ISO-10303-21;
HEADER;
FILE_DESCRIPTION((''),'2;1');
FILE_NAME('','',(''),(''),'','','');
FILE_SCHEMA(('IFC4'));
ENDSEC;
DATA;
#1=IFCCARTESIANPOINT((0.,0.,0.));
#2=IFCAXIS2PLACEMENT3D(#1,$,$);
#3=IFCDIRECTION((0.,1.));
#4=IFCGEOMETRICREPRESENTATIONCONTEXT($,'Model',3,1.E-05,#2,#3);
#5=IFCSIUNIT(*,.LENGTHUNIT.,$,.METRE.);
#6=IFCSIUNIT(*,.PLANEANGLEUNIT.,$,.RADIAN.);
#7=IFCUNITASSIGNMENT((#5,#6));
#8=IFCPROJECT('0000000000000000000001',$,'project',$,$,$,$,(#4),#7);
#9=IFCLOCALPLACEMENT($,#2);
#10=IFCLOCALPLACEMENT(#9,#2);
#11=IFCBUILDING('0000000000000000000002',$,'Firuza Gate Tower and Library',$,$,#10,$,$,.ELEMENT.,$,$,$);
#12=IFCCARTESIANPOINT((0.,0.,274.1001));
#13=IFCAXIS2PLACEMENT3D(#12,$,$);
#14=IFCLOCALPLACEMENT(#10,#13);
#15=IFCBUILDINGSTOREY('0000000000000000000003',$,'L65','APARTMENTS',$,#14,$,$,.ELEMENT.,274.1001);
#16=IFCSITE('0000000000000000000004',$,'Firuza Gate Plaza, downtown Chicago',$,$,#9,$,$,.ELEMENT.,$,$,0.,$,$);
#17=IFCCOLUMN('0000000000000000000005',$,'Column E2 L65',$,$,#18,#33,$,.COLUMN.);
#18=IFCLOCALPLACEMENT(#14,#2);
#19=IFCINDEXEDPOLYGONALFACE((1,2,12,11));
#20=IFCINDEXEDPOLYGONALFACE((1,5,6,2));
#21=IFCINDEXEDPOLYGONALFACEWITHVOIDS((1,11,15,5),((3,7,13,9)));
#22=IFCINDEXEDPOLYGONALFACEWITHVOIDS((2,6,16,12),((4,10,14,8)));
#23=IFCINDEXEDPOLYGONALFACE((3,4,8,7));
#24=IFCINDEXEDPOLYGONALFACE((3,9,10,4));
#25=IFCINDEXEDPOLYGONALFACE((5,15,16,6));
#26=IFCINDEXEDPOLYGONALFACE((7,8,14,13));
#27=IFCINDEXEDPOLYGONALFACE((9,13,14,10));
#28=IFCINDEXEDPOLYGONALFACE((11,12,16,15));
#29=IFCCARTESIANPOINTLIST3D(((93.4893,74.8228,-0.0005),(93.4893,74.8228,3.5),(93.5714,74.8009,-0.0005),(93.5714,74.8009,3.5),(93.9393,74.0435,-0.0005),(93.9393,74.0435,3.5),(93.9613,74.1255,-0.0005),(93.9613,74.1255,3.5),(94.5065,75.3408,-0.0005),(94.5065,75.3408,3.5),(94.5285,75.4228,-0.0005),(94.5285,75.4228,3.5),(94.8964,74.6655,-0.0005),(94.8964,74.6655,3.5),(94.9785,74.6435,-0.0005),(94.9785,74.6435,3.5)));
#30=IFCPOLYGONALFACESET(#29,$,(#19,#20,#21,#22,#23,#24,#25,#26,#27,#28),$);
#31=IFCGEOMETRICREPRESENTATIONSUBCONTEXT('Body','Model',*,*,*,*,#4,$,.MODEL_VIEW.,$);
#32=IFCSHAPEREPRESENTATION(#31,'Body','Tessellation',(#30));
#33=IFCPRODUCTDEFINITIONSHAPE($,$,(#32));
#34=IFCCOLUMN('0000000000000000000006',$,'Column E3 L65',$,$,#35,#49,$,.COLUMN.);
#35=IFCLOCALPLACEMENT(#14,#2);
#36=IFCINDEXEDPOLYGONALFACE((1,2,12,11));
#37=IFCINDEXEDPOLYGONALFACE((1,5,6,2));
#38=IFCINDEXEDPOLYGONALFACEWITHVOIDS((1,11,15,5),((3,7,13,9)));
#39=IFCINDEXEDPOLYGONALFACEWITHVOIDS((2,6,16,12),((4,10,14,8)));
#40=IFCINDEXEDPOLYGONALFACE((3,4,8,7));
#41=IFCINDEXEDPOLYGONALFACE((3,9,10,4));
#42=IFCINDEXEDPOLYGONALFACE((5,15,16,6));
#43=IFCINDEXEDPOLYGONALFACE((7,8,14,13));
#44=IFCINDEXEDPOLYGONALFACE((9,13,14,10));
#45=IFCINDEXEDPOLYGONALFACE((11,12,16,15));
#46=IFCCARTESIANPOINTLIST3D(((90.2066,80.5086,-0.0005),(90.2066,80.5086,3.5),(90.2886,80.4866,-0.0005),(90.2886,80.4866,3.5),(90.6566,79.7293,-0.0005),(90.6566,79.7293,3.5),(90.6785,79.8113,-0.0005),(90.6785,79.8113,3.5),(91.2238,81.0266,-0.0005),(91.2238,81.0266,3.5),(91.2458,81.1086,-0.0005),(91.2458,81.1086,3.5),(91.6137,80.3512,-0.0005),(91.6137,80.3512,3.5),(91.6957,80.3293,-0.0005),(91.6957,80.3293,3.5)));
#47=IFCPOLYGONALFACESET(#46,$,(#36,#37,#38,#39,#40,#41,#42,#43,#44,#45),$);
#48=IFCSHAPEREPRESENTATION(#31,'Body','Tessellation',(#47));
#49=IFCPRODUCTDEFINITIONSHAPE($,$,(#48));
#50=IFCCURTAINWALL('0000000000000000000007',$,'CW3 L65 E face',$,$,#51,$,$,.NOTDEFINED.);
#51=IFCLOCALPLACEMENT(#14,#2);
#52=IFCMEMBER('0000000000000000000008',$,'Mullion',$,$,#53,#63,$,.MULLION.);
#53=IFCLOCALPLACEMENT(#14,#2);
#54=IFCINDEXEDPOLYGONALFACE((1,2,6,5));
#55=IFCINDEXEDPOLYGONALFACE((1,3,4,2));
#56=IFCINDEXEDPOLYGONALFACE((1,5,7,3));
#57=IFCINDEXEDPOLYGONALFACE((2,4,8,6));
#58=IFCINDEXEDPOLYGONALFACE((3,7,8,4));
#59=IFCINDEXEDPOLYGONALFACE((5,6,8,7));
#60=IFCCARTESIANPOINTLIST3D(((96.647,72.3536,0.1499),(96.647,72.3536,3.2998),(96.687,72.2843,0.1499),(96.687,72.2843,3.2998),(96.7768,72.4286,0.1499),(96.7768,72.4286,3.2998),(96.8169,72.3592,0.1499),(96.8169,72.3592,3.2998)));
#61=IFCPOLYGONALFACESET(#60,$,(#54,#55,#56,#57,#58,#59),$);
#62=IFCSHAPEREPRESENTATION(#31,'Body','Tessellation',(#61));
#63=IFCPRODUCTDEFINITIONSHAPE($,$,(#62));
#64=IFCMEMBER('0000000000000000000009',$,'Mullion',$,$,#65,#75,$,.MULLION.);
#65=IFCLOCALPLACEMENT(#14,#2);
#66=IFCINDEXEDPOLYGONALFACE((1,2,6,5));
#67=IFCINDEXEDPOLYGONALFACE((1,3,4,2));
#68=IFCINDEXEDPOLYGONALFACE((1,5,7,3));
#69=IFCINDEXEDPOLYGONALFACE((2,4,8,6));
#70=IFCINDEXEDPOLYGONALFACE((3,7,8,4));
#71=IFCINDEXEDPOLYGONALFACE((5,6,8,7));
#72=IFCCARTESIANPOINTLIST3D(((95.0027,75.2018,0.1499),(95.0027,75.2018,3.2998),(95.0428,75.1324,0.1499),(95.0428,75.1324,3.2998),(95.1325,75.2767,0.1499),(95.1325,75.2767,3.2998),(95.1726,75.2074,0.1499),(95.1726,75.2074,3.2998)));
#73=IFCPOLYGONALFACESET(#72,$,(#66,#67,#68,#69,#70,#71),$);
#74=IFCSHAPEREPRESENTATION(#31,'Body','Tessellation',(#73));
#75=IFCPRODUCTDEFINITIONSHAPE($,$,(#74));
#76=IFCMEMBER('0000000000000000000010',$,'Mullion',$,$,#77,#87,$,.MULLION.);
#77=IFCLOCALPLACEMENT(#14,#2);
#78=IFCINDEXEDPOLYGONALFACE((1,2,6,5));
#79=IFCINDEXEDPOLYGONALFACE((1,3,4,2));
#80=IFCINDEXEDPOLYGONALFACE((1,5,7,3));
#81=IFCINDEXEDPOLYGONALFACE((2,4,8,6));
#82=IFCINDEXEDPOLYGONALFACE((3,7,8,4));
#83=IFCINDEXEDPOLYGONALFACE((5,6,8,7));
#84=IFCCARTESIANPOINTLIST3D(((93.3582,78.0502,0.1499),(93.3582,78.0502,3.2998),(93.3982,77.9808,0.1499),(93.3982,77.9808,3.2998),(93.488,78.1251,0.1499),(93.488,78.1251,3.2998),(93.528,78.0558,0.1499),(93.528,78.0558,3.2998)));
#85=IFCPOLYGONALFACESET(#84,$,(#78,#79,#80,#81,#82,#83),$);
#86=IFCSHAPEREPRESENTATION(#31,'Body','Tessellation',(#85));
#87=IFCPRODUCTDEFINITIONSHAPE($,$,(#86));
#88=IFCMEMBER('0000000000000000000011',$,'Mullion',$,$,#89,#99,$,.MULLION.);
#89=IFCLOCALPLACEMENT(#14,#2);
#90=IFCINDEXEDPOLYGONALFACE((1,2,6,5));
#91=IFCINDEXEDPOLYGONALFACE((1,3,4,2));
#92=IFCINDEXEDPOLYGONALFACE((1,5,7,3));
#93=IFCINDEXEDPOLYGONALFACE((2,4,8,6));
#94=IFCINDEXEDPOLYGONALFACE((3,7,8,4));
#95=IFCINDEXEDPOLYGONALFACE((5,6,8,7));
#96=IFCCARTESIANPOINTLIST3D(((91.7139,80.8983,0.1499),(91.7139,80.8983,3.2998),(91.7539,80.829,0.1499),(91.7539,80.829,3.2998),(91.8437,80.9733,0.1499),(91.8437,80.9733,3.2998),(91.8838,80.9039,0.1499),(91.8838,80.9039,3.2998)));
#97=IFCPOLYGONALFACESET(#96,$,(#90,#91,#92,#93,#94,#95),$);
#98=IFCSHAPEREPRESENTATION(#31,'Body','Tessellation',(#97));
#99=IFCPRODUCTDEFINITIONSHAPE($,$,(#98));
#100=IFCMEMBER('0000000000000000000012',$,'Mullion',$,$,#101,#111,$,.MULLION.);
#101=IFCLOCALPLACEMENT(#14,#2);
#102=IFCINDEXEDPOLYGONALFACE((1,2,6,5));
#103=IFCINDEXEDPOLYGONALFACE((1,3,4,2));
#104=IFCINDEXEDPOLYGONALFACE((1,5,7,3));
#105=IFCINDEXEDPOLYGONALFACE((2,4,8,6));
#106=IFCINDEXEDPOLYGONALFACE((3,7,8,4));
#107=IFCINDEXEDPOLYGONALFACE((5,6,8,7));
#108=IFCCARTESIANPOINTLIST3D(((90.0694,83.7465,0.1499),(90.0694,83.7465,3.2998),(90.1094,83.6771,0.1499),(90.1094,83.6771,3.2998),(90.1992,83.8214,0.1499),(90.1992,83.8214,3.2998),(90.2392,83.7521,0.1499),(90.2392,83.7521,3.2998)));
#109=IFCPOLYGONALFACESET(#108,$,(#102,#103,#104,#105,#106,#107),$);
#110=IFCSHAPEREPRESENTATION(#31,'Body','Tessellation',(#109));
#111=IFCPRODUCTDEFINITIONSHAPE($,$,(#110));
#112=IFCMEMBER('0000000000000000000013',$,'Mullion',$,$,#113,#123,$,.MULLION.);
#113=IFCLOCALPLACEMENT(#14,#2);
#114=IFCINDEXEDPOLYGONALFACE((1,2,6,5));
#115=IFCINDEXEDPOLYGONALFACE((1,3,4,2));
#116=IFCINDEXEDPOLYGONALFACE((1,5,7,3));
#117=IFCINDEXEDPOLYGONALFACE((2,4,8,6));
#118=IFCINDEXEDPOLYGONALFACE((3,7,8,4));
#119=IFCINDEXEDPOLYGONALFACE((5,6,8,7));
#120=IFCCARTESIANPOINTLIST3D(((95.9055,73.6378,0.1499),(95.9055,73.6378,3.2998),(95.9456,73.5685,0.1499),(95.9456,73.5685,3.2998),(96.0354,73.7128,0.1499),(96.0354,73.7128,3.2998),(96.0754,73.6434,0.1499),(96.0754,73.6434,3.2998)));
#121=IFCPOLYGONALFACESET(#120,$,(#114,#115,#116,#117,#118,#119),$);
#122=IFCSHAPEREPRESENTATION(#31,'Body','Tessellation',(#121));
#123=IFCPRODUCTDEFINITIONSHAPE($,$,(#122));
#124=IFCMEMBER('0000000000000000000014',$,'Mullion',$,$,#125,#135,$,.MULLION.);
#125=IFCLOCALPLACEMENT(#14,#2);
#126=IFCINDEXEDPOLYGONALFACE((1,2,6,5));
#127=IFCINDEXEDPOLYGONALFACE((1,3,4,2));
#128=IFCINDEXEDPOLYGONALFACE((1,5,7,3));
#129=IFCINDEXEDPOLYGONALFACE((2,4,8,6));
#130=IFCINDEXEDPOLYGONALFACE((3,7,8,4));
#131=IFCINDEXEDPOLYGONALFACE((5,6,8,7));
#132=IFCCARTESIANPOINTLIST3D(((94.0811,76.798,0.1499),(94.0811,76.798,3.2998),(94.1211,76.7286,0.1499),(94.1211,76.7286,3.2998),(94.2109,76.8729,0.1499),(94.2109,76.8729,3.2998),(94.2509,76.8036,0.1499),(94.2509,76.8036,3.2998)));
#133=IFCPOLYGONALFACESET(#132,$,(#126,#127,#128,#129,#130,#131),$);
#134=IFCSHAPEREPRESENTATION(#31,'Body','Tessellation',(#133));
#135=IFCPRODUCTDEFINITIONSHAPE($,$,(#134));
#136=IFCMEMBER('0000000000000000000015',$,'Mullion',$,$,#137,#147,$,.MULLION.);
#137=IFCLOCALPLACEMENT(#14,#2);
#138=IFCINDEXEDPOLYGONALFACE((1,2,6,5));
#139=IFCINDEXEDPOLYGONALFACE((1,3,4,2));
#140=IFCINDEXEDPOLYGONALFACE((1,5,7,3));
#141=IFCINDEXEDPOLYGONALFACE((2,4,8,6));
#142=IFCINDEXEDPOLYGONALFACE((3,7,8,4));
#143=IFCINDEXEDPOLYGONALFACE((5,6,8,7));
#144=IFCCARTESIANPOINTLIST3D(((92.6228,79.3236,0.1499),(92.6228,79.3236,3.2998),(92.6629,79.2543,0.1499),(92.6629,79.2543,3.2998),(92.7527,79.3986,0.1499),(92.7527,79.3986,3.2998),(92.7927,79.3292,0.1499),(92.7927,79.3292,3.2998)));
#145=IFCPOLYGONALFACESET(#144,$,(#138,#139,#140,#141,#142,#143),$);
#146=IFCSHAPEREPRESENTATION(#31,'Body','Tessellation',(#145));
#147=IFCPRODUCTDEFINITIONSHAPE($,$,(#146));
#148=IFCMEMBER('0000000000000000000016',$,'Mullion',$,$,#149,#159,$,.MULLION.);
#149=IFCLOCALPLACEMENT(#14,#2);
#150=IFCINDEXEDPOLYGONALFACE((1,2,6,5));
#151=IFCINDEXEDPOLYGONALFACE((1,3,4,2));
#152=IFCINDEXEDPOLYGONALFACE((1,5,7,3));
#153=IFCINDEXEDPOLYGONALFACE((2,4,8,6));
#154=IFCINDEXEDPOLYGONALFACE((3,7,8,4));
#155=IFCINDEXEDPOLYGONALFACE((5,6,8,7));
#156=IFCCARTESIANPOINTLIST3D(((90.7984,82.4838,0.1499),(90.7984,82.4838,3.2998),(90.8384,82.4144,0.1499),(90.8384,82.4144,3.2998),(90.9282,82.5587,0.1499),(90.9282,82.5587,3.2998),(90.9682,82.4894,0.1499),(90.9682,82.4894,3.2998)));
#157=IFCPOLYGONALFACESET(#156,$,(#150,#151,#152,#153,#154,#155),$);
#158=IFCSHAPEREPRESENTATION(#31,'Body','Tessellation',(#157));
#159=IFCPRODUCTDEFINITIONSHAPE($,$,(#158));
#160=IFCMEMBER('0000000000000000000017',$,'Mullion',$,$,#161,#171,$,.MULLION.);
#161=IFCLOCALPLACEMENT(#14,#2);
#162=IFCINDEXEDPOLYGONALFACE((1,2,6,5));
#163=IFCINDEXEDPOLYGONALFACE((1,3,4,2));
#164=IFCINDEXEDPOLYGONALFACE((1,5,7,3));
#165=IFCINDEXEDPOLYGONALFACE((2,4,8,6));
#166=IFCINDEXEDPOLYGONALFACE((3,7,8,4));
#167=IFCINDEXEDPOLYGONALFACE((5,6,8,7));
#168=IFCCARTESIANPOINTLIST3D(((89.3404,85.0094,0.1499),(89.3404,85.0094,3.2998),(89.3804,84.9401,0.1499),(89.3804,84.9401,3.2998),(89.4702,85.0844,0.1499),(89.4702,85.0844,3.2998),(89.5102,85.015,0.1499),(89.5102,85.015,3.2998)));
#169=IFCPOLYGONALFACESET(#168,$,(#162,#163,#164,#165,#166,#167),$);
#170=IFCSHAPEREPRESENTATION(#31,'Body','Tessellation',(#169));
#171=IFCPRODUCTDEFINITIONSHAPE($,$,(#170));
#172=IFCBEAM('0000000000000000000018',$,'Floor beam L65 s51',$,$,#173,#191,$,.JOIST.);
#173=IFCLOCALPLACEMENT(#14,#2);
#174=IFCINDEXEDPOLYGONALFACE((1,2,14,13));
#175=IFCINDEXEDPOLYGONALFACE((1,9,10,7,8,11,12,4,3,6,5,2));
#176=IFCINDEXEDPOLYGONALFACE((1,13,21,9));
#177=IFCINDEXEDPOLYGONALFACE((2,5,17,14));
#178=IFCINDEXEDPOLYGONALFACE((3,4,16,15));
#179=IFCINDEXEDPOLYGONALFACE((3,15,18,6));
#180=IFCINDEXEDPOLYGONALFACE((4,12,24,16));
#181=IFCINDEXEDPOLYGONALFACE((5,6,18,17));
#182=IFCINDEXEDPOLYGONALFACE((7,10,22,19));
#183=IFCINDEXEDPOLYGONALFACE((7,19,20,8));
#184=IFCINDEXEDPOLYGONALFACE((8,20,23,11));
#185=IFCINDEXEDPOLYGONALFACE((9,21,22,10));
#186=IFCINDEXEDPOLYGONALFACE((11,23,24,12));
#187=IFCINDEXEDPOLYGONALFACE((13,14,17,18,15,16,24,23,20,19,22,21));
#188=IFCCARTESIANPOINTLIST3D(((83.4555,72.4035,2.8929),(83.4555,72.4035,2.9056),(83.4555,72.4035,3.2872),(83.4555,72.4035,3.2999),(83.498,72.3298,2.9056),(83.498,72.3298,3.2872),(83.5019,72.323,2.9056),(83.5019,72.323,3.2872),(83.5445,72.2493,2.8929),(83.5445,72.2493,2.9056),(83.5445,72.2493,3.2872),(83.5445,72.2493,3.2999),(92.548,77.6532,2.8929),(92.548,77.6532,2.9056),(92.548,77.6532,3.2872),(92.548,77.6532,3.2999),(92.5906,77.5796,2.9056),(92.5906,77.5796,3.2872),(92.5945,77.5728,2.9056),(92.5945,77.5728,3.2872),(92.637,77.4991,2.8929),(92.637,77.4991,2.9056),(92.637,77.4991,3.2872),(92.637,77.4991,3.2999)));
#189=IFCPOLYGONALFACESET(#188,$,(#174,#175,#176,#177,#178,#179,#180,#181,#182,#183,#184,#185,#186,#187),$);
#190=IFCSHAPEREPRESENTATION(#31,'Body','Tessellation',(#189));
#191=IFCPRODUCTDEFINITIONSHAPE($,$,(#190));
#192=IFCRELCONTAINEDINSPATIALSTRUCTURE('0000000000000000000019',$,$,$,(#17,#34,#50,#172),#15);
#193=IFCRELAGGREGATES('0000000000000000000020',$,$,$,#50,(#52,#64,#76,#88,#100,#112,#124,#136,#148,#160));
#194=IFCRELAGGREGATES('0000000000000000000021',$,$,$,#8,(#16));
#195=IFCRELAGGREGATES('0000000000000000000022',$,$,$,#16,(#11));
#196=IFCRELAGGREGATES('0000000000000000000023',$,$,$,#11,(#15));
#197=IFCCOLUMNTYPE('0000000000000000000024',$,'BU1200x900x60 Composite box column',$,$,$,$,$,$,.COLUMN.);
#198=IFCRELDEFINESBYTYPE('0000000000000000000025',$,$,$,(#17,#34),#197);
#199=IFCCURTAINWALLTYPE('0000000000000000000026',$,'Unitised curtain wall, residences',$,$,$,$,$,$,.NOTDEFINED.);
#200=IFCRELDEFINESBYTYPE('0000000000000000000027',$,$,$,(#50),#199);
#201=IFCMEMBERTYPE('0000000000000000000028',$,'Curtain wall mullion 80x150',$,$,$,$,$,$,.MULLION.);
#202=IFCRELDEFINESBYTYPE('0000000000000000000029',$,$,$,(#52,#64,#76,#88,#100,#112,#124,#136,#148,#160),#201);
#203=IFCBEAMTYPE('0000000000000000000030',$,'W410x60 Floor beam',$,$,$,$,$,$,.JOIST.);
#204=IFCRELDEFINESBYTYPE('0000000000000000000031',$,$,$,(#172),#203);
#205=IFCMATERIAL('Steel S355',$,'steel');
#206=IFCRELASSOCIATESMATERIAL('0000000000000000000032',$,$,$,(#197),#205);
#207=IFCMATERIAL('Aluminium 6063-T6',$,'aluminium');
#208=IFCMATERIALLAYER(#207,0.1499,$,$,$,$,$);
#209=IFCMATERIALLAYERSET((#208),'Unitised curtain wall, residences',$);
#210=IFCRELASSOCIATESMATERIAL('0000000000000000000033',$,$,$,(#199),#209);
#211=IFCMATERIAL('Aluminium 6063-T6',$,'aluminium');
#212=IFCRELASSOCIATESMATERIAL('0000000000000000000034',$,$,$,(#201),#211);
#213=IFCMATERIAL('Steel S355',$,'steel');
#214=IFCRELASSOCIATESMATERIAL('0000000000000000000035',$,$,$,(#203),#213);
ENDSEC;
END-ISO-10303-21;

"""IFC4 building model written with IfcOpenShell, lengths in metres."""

from ifc_helpers import new_model, si_unit, direction, frame, origin, origin_2d, place, context, subcontext, project, spatial, rectangle, hollow_rectangle, i_section, extrude, material, layer, layer_set, material_profile, profile_set, type_object, element, aggregate, save


model = new_model("IFC4")

# Units and contexts
model_context = context("Model", 3, precision=1e-05, world=origin(), true_north=direction((0.0, 1.0)))
body_context = subcontext(model_context, "Body", "Model", "MODEL_VIEW")
ifc_project = project(units=[si_unit("LENGTHUNIT", "METRE"), si_unit("PLANEANGLEUNIT", "RADIAN")], contexts=[model_context])

# Site, building, storey
site_placement = place(None, origin())
site = spatial("IfcSite", under=ifc_project, at=site_placement, Name="Firuza Gate Plaza, downtown Chicago", CompositionType="ELEMENT", RefElevation=0.0)
building_placement = place(site_placement, origin())
building = spatial("IfcBuilding", under=site, at=building_placement, Name="Firuza Gate Tower and Library", CompositionType="ELEMENT")
storey_placement = place(building_placement, frame((0.0, 0.0, 274.1001)))
storey = spatial("IfcBuildingStorey", under=building, at=storey_placement, Name="L65", Description="APARTMENTS", CompositionType="ELEMENT", Elevation=274.1001)

# Columns
ifc_material_1 = material(Name="Steel S355", Category="steel")
ifc_material_profile_1 = material_profile(ifc_material_1, hollow_rectangle(XDim=0.8999, YDim=1.2, WallThickness=0.0601, at=origin_2d()))
ifc_profile_set_1 = profile_set([ifc_material_profile_1], Name="Steel S355")
column_type = type_object("IfcColumnType", Name="BU1200x900x60 Composite box column", PredefinedType="COLUMN", material=ifc_profile_set_1)
for number, where, z_axis, x_axis, name in (
    (1, (94.2339, 74.7332, -0.0005), (0.0, 0.0, 1.0), (-0.5, 0.866025, 0.0), "Column E2 L65"),
    (2, (90.9512, 80.4189, -0.0005), (0.0, 0.0, 1.0), (-0.5, 0.866025, 0.0), "Column E3 L65"),
):
    element("IfcColumn", number, at=place(storey_placement, frame(where, z_axis=z_axis, x_axis=x_axis)), inside=storey, type_object=column_type, Name=name, PredefinedType="COLUMN", context=body_context, shape_type="SweptSolid", body=[
        extrude(hollow_rectangle(XDim=0.8999, YDim=1.2, WallThickness=0.0601, at=origin_2d()), origin(), (0.0, 0.0, 1.0), 3.5005),
    ])

# Curtain wall, members
ifc_material_2 = material(Name="Aluminium 6063-T6", Category="aluminium")
ifc_layer_1 = layer(ifc_material_2, 0.1499)
ifc_layer_set_1 = layer_set([ifc_layer_1], Name="Unitised curtain wall, residences")
curtain_wall_type = type_object("IfcCurtainWallType", Name="Unitised curtain wall, residences", PredefinedType="NOTDEFINED", material=ifc_layer_set_1)
curtain_wall_placement = place(storey_placement, origin())
curtain_wall = element("IfcCurtainWall", 3, at=curtain_wall_placement, inside=storey, type_object=curtain_wall_type, Name="CW3 L65 E face", PredefinedType="NOTDEFINED")
ifc_material_3 = material(Name="Aluminium 6063-T6", Category="aluminium")
ifc_material_profile_2 = material_profile(ifc_material_3, rectangle(XDim=0.1499, YDim=0.0801, at=origin_2d()))
ifc_profile_set_2 = profile_set([ifc_material_profile_2], Name="Aluminium 6063-T6")
member_type = type_object("IfcMemberType", Name="Curtain wall mullion 80x150", PredefinedType="MULLION", material=ifc_profile_set_2)
member_1_placement = place(storey_placement, frame((96.7319, 72.3564, 0.1499), z_axis=(0.0, 0.0, 1.0), x_axis=(-0.866025, -0.5, 0.0)))
member_1 = element("IfcMember", 4, at=member_1_placement, type_object=member_type, Name="Mullion", PredefinedType="MULLION", context=body_context, shape_type="SweptSolid", body=[
    extrude(rectangle(XDim=0.1499, YDim=0.0801, at=origin_2d()), origin(), (0.0, 0.0, 1.0), 3.1499),
])
member_2_placement = place(storey_placement, frame((95.0876, 75.2046, 0.1499), z_axis=(0.0, 0.0, 1.0), x_axis=(-0.866025, -0.5, 0.0)))
member_2 = element("IfcMember", 5, at=member_2_placement, type_object=member_type, Name="Mullion", PredefinedType="MULLION", context=body_context, shape_type="SweptSolid", body=[
    extrude(rectangle(XDim=0.1499, YDim=0.0801, at=origin_2d()), origin(), (0.0, 0.0, 1.0), 3.1499),
])
member_3_placement = place(storey_placement, frame((93.4431, 78.053, 0.1499), z_axis=(0.0, 0.0, 1.0), x_axis=(-0.866025, -0.5, 0.0)))
member_3 = element("IfcMember", 6, at=member_3_placement, type_object=member_type, Name="Mullion", PredefinedType="MULLION", context=body_context, shape_type="SweptSolid", body=[
    extrude(rectangle(XDim=0.1499, YDim=0.0801, at=origin_2d()), origin(), (0.0, 0.0, 1.0), 3.1499),
])
member_4_placement = place(storey_placement, frame((91.7988, 80.9011, 0.1499), z_axis=(0.0, 0.0, 1.0), x_axis=(-0.866025, -0.5, 0.0)))
member_4 = element("IfcMember", 7, at=member_4_placement, type_object=member_type, Name="Mullion", PredefinedType="MULLION", context=body_context, shape_type="SweptSolid", body=[
    extrude(rectangle(XDim=0.1499, YDim=0.0801, at=origin_2d()), origin(), (0.0, 0.0, 1.0), 3.1499),
])
member_5_placement = place(storey_placement, frame((90.1543, 83.7493, 0.1499), z_axis=(0.0, 0.0, 1.0), x_axis=(-0.866025, -0.5, 0.0)))
member_5 = element("IfcMember", 8, at=member_5_placement, type_object=member_type, Name="Mullion", PredefinedType="MULLION", context=body_context, shape_type="SweptSolid", body=[
    extrude(rectangle(XDim=0.1499, YDim=0.0801, at=origin_2d()), origin(), (0.0, 0.0, 1.0), 3.1499),
])
member_6_placement = place(storey_placement, frame((95.9905, 73.6406, 0.1499), z_axis=(0.0, 0.0, 1.0), x_axis=(-0.866025, -0.5, 0.0)))
member_6 = element("IfcMember", 9, at=member_6_placement, type_object=member_type, Name="Mullion", PredefinedType="MULLION", context=body_context, shape_type="SweptSolid", body=[
    extrude(rectangle(XDim=0.1499, YDim=0.0801, at=origin_2d()), origin(), (0.0, 0.0, 1.0), 3.1499),
])
member_7_placement = place(storey_placement, frame((94.166, 76.8008, 0.1499), z_axis=(0.0, 0.0, 1.0), x_axis=(-0.866025, -0.5, 0.0)))
member_7 = element("IfcMember", 10, at=member_7_placement, type_object=member_type, Name="Mullion", PredefinedType="MULLION", context=body_context, shape_type="SweptSolid", body=[
    extrude(rectangle(XDim=0.1499, YDim=0.0801, at=origin_2d()), origin(), (0.0, 0.0, 1.0), 3.1499),
])
member_8_placement = place(storey_placement, frame((92.7078, 79.3264, 0.1499), z_axis=(0.0, 0.0, 1.0), x_axis=(-0.866025, -0.5, 0.0)))
member_8 = element("IfcMember", 11, at=member_8_placement, type_object=member_type, Name="Mullion", PredefinedType="MULLION", context=body_context, shape_type="SweptSolid", body=[
    extrude(rectangle(XDim=0.1499, YDim=0.0801, at=origin_2d()), origin(), (0.0, 0.0, 1.0), 3.1499),
])
member_9_placement = place(storey_placement, frame((90.8833, 82.4866, 0.1499), z_axis=(0.0, 0.0, 1.0), x_axis=(-0.866025, -0.5, 0.0)))
member_9 = element("IfcMember", 12, at=member_9_placement, type_object=member_type, Name="Mullion", PredefinedType="MULLION", context=body_context, shape_type="SweptSolid", body=[
    extrude(rectangle(XDim=0.1499, YDim=0.0801, at=origin_2d()), origin(), (0.0, 0.0, 1.0), 3.1499),
])
member_10_placement = place(storey_placement, frame((89.4253, 85.0122, 0.1499), z_axis=(0.0, 0.0, 1.0), x_axis=(-0.866025, -0.5, 0.0)))
member_10 = element("IfcMember", 13, at=member_10_placement, type_object=member_type, Name="Mullion", PredefinedType="MULLION", context=body_context, shape_type="SweptSolid", body=[
    extrude(rectangle(XDim=0.1499, YDim=0.0801, at=origin_2d()), origin(), (0.0, 0.0, 1.0), 3.1499),
])

# Beam
ifc_material_4 = material(Name="Steel S355", Category="steel")
ifc_material_profile_3 = material_profile(ifc_material_4, i_section(OverallWidth=0.178, OverallDepth=0.407, WebThickness=0.0078, FlangeThickness=0.0127, at=origin_2d()))
ifc_profile_set_3 = profile_set([ifc_material_profile_3], Name="Steel S355")
beam_type_1 = type_object("IfcBeamType", Name="W410x60 Floor beam", PredefinedType="JOIST", material=ifc_profile_set_3)
beam_1_placement = place(storey_placement, frame((92.5925, 77.5762, 3.0964), z_axis=(-0.866018, -0.500013, 0.0), x_axis=(0.500013, -0.866018, 0.0)))
element("IfcBeam", 14, at=beam_1_placement, inside=storey, type_object=beam_type_1, Name="Floor beam L65 s51", PredefinedType="JOIST", context=body_context, shape_type="SweptSolid", body=[
    extrude(i_section(OverallWidth=0.178, OverallDepth=0.407, WebThickness=0.0078, FlangeThickness=0.0127, at=origin_2d()), origin(), (0.0, 0.0, 1.0), 10.4993),
])

aggregate(curtain_wall, [member_1, member_2, member_3, member_4, member_5, member_6, member_7, member_8, member_9, member_10])

save(model, "model.ifc")
